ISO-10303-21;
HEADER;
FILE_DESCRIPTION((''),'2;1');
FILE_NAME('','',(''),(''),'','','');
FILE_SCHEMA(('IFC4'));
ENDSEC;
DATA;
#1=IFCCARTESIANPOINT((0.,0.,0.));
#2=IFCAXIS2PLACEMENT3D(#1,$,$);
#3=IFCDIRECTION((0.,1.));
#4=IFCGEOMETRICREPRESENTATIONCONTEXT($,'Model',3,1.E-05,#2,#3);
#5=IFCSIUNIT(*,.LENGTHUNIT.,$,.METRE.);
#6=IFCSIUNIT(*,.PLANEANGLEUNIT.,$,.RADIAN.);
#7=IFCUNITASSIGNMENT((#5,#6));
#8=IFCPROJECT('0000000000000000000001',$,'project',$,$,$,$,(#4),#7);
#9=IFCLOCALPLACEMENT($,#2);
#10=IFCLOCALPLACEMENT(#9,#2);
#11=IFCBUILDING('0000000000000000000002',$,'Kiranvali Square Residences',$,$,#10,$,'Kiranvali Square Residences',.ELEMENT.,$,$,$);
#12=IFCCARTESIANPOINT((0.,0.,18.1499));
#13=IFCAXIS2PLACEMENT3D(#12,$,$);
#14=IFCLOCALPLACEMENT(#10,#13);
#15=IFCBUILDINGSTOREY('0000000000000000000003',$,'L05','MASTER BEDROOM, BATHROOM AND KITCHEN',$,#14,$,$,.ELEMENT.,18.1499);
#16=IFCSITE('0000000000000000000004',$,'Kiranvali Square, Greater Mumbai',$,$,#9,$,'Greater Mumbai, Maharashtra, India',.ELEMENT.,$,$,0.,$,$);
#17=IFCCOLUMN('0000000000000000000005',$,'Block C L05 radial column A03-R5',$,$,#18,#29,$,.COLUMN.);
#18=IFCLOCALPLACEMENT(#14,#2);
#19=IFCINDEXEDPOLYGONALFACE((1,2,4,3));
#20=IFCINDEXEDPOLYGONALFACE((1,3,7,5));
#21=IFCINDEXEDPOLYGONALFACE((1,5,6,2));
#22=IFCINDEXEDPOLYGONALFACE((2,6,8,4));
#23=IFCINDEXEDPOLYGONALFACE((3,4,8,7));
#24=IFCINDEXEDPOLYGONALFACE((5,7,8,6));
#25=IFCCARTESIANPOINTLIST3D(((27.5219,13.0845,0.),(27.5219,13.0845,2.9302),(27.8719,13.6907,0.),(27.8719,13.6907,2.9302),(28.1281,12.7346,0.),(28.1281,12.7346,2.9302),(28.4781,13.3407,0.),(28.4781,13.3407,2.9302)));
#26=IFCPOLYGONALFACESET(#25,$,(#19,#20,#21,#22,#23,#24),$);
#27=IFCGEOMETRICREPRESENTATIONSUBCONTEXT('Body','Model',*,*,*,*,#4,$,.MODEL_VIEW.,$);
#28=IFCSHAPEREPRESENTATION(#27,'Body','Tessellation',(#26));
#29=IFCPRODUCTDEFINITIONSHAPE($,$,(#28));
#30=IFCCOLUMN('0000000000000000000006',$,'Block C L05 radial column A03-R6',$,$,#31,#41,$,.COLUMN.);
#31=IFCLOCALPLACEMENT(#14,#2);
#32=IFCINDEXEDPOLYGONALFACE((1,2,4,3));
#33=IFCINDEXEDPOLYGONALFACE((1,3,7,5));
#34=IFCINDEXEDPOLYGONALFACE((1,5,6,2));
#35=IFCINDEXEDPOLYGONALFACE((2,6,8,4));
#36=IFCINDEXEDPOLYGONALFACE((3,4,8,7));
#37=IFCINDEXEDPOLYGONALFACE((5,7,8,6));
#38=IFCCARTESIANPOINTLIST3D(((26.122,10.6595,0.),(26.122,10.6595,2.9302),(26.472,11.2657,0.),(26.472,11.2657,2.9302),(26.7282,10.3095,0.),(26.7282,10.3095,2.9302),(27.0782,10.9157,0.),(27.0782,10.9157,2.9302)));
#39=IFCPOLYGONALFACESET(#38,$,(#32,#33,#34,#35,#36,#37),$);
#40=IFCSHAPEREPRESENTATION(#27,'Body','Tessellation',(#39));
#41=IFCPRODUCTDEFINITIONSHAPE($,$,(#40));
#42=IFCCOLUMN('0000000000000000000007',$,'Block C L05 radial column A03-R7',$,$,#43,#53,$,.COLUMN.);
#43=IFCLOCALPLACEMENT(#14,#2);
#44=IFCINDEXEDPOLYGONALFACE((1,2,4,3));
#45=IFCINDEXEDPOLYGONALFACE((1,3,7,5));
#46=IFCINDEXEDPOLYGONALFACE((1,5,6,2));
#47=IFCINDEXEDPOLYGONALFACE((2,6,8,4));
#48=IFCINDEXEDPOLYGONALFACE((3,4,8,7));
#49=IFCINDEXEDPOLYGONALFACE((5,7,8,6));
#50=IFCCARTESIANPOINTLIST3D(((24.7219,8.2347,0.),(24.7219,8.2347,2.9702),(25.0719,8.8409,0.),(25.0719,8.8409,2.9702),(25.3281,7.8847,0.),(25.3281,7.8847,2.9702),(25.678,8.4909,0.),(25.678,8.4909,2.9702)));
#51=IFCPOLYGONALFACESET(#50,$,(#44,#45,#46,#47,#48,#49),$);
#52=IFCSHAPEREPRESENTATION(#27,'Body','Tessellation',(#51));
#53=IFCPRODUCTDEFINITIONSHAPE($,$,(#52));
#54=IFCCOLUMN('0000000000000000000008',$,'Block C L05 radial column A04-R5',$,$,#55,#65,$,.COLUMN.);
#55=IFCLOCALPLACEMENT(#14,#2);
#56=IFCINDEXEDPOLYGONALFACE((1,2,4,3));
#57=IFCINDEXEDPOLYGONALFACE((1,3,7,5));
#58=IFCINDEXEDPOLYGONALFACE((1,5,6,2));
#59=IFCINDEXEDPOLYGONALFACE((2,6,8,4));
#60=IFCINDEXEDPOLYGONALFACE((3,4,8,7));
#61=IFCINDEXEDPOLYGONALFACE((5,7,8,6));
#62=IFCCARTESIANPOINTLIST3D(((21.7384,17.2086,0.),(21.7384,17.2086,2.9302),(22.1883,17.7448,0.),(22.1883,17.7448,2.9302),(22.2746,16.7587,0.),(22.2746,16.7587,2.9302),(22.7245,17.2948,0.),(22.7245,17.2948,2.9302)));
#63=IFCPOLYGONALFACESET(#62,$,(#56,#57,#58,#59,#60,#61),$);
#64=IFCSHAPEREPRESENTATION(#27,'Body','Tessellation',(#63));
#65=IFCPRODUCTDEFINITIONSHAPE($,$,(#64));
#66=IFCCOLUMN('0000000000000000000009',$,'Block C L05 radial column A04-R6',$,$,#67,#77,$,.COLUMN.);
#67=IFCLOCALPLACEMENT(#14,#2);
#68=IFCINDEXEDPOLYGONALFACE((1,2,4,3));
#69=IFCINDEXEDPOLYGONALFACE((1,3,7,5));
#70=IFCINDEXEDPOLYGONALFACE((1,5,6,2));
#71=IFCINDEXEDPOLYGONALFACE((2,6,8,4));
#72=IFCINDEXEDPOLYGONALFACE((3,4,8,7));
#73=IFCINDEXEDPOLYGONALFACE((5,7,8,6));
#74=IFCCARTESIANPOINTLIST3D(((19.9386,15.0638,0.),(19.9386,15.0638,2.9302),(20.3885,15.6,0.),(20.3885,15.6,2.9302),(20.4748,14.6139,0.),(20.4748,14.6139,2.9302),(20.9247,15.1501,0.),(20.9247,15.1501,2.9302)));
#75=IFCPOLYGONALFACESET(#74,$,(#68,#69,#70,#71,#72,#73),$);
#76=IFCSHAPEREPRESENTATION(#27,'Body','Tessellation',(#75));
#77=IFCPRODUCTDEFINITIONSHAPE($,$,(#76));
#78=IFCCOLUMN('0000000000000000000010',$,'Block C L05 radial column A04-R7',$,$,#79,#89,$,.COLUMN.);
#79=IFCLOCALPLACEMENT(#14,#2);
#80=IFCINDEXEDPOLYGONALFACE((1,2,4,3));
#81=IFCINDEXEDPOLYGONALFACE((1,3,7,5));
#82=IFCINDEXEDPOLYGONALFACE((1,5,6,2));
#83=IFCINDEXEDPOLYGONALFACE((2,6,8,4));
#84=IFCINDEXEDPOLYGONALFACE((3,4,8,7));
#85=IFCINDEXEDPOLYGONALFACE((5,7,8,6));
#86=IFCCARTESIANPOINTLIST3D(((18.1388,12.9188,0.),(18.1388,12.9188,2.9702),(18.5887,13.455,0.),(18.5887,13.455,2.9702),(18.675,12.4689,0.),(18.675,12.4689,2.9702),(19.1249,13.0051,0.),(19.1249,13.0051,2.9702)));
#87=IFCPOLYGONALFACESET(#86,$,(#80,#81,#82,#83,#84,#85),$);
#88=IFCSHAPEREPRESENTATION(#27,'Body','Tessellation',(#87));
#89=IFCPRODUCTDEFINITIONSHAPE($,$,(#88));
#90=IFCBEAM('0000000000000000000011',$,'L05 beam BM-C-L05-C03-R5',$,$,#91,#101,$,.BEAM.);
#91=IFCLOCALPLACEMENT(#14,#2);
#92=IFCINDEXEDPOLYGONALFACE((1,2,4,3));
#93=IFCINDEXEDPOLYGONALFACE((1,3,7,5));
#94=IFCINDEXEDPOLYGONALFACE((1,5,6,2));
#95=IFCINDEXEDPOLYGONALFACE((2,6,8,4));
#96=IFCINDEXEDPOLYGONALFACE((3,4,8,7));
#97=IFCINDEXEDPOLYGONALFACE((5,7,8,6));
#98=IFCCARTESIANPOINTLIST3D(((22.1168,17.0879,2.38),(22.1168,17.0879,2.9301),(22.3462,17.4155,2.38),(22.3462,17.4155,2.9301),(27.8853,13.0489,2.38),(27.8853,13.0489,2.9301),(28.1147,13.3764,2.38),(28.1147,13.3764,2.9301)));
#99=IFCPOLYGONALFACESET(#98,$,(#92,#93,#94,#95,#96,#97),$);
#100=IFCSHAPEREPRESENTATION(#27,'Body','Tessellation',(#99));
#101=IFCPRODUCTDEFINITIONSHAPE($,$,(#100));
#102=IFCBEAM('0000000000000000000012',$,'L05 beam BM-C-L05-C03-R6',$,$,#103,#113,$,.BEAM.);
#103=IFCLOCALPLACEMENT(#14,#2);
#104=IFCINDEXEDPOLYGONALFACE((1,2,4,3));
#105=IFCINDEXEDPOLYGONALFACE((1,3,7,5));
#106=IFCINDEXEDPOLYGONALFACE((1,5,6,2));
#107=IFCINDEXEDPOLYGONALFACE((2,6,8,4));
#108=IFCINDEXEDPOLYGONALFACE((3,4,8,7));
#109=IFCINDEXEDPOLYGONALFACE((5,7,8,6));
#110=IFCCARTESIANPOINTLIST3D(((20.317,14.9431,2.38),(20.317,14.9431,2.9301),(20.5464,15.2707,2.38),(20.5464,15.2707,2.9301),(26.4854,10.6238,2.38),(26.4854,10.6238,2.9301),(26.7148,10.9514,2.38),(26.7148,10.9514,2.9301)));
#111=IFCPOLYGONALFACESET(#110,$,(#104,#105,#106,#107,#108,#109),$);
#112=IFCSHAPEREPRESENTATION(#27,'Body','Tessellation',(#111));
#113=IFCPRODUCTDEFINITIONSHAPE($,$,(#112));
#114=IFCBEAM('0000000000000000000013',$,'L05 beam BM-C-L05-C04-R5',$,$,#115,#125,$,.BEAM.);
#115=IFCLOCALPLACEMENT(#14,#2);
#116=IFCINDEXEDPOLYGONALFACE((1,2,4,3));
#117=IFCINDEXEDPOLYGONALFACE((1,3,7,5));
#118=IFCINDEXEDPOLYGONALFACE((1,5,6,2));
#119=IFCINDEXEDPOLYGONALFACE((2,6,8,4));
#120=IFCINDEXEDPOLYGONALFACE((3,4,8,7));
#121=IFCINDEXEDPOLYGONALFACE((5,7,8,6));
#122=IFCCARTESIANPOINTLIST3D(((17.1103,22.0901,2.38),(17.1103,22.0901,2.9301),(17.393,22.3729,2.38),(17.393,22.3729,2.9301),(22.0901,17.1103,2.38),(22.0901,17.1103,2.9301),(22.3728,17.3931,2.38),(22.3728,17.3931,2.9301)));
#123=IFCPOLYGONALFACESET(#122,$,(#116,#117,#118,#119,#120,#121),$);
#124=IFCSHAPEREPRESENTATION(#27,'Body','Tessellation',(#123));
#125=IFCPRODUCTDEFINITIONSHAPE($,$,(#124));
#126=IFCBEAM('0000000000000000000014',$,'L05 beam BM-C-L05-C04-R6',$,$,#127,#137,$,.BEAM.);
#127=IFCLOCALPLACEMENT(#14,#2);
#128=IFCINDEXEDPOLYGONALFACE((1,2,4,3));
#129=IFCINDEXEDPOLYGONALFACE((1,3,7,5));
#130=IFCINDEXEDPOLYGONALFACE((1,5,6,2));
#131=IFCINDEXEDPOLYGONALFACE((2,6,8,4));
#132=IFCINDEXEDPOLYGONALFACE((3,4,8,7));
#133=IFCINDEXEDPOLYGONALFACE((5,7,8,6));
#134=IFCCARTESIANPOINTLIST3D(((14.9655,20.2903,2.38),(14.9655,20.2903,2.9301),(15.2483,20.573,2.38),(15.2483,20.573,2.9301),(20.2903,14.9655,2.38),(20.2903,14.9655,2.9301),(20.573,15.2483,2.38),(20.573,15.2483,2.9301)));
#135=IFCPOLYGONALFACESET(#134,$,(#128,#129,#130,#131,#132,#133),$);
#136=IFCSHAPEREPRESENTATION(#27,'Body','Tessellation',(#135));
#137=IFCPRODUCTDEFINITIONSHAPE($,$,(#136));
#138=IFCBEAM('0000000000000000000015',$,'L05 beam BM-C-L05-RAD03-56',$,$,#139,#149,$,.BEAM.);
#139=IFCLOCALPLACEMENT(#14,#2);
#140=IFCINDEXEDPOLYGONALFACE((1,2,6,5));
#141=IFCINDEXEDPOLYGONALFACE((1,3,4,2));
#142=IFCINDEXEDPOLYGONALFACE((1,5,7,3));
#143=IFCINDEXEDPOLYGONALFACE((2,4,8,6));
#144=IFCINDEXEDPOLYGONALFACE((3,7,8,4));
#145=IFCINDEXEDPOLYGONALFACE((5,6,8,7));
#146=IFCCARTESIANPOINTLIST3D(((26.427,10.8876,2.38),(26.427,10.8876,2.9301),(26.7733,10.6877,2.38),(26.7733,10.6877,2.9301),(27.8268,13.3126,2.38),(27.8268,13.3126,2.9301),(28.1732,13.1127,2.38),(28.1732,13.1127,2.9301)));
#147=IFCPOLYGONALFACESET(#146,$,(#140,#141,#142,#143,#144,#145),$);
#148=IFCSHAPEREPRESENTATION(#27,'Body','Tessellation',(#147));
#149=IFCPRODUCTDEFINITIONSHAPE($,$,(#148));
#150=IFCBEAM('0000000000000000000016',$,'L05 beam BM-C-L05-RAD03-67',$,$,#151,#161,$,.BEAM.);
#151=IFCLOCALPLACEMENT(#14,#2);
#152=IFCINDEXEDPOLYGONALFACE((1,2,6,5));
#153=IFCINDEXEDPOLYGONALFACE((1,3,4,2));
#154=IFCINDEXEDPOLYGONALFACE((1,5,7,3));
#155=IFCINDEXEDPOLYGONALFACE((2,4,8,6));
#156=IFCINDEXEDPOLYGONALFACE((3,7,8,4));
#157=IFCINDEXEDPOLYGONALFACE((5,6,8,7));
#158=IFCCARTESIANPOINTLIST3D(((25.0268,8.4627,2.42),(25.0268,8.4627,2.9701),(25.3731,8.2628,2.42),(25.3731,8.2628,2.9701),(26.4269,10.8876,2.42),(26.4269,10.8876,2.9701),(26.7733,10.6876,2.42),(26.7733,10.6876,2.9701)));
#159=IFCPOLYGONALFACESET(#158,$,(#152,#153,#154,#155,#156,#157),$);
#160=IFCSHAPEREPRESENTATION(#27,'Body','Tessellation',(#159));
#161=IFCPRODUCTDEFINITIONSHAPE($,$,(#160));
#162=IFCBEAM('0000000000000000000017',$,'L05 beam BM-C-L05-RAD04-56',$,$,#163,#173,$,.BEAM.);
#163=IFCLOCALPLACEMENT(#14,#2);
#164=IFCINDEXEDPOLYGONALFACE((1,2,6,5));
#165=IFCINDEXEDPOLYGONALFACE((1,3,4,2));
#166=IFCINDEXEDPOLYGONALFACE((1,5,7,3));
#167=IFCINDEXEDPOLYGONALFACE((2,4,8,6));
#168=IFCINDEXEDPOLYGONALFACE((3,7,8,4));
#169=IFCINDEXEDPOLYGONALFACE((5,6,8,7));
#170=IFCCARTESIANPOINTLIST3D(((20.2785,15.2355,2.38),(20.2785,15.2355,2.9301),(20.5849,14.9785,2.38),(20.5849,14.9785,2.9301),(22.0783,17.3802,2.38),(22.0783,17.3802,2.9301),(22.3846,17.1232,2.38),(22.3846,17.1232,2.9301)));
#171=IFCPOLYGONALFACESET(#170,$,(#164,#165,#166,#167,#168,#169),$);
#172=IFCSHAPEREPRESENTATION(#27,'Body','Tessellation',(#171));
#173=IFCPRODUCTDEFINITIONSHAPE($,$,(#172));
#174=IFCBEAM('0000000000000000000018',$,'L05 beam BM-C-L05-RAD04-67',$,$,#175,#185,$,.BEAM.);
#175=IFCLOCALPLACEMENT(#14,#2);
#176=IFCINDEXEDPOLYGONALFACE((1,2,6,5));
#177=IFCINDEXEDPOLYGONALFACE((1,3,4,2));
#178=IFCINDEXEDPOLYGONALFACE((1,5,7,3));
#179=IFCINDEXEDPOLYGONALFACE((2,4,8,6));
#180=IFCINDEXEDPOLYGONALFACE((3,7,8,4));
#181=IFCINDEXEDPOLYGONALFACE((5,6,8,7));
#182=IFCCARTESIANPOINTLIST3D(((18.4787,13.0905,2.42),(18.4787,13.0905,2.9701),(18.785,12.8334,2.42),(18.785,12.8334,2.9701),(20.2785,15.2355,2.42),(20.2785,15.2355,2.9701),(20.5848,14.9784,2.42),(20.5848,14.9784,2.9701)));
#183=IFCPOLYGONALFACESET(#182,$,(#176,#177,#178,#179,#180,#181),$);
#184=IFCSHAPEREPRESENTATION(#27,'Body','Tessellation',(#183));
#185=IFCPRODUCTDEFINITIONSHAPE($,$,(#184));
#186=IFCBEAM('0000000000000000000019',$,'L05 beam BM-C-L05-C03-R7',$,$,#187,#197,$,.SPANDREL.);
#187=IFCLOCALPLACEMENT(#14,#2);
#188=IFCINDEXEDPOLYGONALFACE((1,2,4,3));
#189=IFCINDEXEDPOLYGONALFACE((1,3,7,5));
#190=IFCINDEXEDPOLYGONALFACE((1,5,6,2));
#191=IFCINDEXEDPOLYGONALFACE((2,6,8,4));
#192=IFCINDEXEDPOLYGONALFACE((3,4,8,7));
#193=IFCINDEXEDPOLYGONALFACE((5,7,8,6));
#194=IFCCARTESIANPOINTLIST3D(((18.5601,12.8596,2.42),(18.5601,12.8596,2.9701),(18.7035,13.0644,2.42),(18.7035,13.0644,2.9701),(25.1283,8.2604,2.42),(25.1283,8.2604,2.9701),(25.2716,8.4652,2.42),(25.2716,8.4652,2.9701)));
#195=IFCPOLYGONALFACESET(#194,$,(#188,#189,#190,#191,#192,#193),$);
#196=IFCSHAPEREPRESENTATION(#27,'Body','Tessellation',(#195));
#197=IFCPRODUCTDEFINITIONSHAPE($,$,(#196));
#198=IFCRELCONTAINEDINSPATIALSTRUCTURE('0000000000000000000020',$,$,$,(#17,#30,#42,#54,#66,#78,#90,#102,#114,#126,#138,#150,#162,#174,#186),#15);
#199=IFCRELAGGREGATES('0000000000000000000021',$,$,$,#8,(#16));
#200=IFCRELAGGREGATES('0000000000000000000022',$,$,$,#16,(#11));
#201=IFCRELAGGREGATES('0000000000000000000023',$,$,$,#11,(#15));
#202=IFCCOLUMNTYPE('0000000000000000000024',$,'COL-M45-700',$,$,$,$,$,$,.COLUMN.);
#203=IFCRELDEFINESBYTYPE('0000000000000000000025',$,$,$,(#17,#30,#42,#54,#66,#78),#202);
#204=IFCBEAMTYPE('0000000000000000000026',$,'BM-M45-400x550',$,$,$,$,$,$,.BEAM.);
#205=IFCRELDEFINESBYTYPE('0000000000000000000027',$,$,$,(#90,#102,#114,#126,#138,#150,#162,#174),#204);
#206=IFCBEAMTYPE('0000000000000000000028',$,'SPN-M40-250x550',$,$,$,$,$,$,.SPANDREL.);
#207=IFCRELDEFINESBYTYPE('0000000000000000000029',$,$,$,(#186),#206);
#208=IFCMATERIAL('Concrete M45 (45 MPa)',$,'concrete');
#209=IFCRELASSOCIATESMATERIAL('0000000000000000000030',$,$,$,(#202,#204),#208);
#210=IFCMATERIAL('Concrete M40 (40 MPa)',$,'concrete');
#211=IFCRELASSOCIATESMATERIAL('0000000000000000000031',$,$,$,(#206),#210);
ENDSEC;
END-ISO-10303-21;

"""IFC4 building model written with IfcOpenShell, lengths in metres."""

from ifc_helpers import new_model, si_unit, direction, frame, origin, origin_2d, place, context, subcontext, project, spatial, rectangle, extrude, material, material_profile, profile_set, type_object, element, save


model = new_model("IFC4")

# Units and contexts
model_context = context("Model", 3, precision=1e-05, world=origin(), true_north=direction((0.0, 1.0)))
body_context = subcontext(model_context, "Body", "Model", "MODEL_VIEW")
ifc_project = project(units=[si_unit("LENGTHUNIT", "METRE"), si_unit("PLANEANGLEUNIT", "RADIAN")], contexts=[model_context])

# Site, building, storey
site_placement = place(None, origin())
site = spatial("IfcSite", under=ifc_project, at=site_placement, Name="Kiranvali Square, Greater Mumbai", LongName="Greater Mumbai, Maharashtra, India", CompositionType="ELEMENT", RefElevation=0.0)
building_placement = place(site_placement, origin())
building = spatial("IfcBuilding", under=site, at=building_placement, Name="Kiranvali Square Residences", LongName="Kiranvali Square Residences", CompositionType="ELEMENT")
storey_placement = place(building_placement, frame((0.0, 0.0, 18.1499)))
storey = spatial("IfcBuildingStorey", under=building, at=storey_placement, Name="L05", Description="MASTER BEDROOM, BATHROOM AND KITCHEN", CompositionType="ELEMENT", Elevation=18.1499)

# Columns
ifc_material_1 = material(Name="Concrete M45 (45 MPa)", Category="concrete")
ifc_material_profile_1 = material_profile(ifc_material_1, rectangle(XDim=0.7, YDim=0.7, at=origin_2d()), Name="RC 700x700")
ifc_profile_set_1 = profile_set([ifc_material_profile_1], Name="Concrete M45 (45 MPa)")
column_type = type_object("IfcColumnType", Name="COL-M45-700", PredefinedType="COLUMN", material=ifc_profile_set_1)
for number, where, z_axis, x_axis, name in (
    (1, (28.0, 13.2126, 0.0), (0.0, 0.0, 1.0), (-0.866025, 0.5, 0.0), "Block C L05 radial column A03-R5"),
    (2, (26.6001, 10.7876, 0.0), (0.0, 0.0, 1.0), (-0.866025, 0.5, 0.0), "Block C L05 radial column A03-R6"),
):
    element("IfcColumn", number, at=place(storey_placement, frame(where, z_axis=z_axis, x_axis=x_axis)), inside=storey, type_object=column_type, Name=name, PredefinedType="COLUMN", context=body_context, shape_type="SweptSolid", body=[
        extrude(rectangle(XDim=0.7, YDim=0.7, at=origin_2d()), origin(), (0.0, 0.0, 1.0), 2.9302),
    ])
column_1_placement = place(storey_placement, frame((25.2, 8.3628, 0.0), z_axis=(0.0, 0.0, 1.0), x_axis=(-0.866025, 0.5, 0.0)))
element("IfcColumn", 3, at=column_1_placement, inside=storey, type_object=column_type, Name="Block C L05 radial column A03-R7", PredefinedType="COLUMN", context=body_context, shape_type="SweptSolid", body=[
    extrude(rectangle(XDim=0.7, YDim=0.7, at=origin_2d()), origin(), (0.0, 0.0, 1.0), 2.9702),
])
for number, where, z_axis, x_axis, name in (
    (4, (22.2314, 17.2517, 0.0), (0.0, 0.0, 1.0), (-0.766044, 0.642788, 0.0), "Block C L05 radial column A04-R5"),
    (5, (20.4316, 15.1069, 0.0), (0.0, 0.0, 1.0), (-0.766044, 0.642788, 0.0), "Block C L05 radial column A04-R6"),
):
    element("IfcColumn", number, at=place(storey_placement, frame(where, z_axis=z_axis, x_axis=x_axis)), inside=storey, type_object=column_type, Name=name, PredefinedType="COLUMN", context=body_context, shape_type="SweptSolid", body=[
        extrude(rectangle(XDim=0.7, YDim=0.7, at=origin_2d()), origin(), (0.0, 0.0, 1.0), 2.9302),
    ])
column_2_placement = place(storey_placement, frame((18.6318, 12.9619, 0.0), z_axis=(0.0, 0.0, 1.0), x_axis=(-0.766044, 0.642788, 0.0)))
element("IfcColumn", 6, at=column_2_placement, inside=storey, type_object=column_type, Name="Block C L05 radial column A04-R7", PredefinedType="COLUMN", context=body_context, shape_type="SweptSolid", body=[
    extrude(rectangle(XDim=0.7, YDim=0.7, at=origin_2d()), origin(), (0.0, 0.0, 1.0), 2.9702),
])

# Beams
ifc_material_profile_2 = material_profile(ifc_material_1, rectangle(XDim=0.3999, YDim=0.55, at=origin_2d()), Name="RC 400x550")
ifc_profile_set_2 = profile_set([ifc_material_profile_2], Name="Concrete M45 (45 MPa)")
beam_type_1 = type_object("IfcBeamType", Name="BM-M45-400x550", PredefinedType="BEAM", material=ifc_profile_set_2)
beam_1_placement = place(storey_placement, frame((28.0, 13.2126, 2.655), z_axis=(-0.81916, 0.573565, 0.0), x_axis=(-0.573565, -0.81916, 0.0)))
element("IfcBeam", 7, at=beam_1_placement, inside=storey, type_object=beam_type_1, Name="L05 beam BM-C-L05-C03-R5", PredefinedType="BEAM", context=body_context, shape_type="SweptSolid", body=[
    extrude(rectangle(XDim=0.3999, YDim=0.55, at=origin_2d()), origin(), (0.0, 0.0, 1.0), 7.042),
])
beam_2_placement = place(storey_placement, frame((26.6001, 10.7876, 2.655), z_axis=(-0.819144, 0.573589, 0.0), x_axis=(-0.573589, -0.819144, 0.0)))
element("IfcBeam", 8, at=beam_2_placement, inside=storey, type_object=beam_type_1, Name="L05 beam BM-C-L05-C03-R6", PredefinedType="BEAM", context=body_context, shape_type="SweptSolid", body=[
    extrude(rectangle(XDim=0.3999, YDim=0.55, at=origin_2d()), origin(), (0.0, 0.0, 1.0), 7.5303),
])
beam_3_placement = place(storey_placement, frame((22.2314, 17.2517, 2.655), z_axis=(-0.707107, 0.707107, 0.0), x_axis=(-0.707107, -0.707107, 0.0)))
element("IfcBeam", 9, at=beam_3_placement, inside=storey, type_object=beam_type_1, Name="L05 beam BM-C-L05-C04-R5", PredefinedType="BEAM", context=body_context, shape_type="SweptSolid", body=[
    extrude(rectangle(XDim=0.3999, YDim=0.55, at=origin_2d()), origin(), (0.0, 0.0, 1.0), 7.0425),
])
beam_4_placement = place(storey_placement, frame((20.4316, 15.1069, 2.655), z_axis=(-0.707107, 0.707107, 0.0), x_axis=(-0.707107, -0.707107, 0.0)))
element("IfcBeam", 10, at=beam_4_placement, inside=storey, type_object=beam_type_1, Name="L05 beam BM-C-L05-C04-R6", PredefinedType="BEAM", context=body_context, shape_type="SweptSolid", body=[
    extrude(rectangle(XDim=0.3999, YDim=0.55, at=origin_2d()), origin(), (0.0, 0.0, 1.0), 7.5303),
])
for number, where, z_axis, x_axis, name in (
    (11, (28.0, 13.2126, 2.655), (-0.499946, -0.866056, 0.0), (0.866056, -0.499946, 0.0), "L05 beam BM-C-L05-RAD03-56"),
    (12, (26.6001, 10.7876, 2.6951), (-0.50005, -0.865997, 0.0), (0.865997, -0.50005, 0.0), "L05 beam BM-C-L05-RAD03-67"),
):
    element("IfcBeam", number, at=place(storey_placement, frame(where, z_axis=z_axis, x_axis=x_axis)), inside=storey, type_object=beam_type_1, Name=name, PredefinedType="BEAM", context=body_context, shape_type="SweptSolid", body=[
        extrude(rectangle(XDim=0.3999, YDim=0.55, at=origin_2d()), origin(), (0.0, 0.0, 1.0), 2.8),
    ])
beam_5_placement = place(storey_placement, frame((22.2314, 17.2517, 2.655), z_axis=(-0.642814, -0.766023, 0.0), x_axis=(0.766023, -0.642814, 0.0)))
element("IfcBeam", 13, at=beam_5_placement, inside=storey, type_object=beam_type_1, Name="L05 beam BM-C-L05-RAD04-56", PredefinedType="BEAM", context=body_context, shape_type="SweptSolid", body=[
    extrude(rectangle(XDim=0.3999, YDim=0.55, at=origin_2d()), origin(), (0.0, 0.0, 1.0), 2.7998),
])
beam_6_placement = place(storey_placement, frame((20.4316, 15.1069, 2.6951), z_axis=(-0.642771, -0.766059, 0.0), x_axis=(0.766059, -0.642771, 0.0)))
element("IfcBeam", 14, at=beam_6_placement, inside=storey, type_object=beam_type_1, Name="L05 beam BM-C-L05-RAD04-67", PredefinedType="BEAM", context=body_context, shape_type="SweptSolid", body=[
    extrude(rectangle(XDim=0.3999, YDim=0.55, at=origin_2d()), origin(), (0.0, 0.0, 1.0), 2.8),
])
ifc_material_2 = material(Name="Concrete M40 (40 MPa)", Category="concrete")
ifc_material_profile_3 = material_profile(ifc_material_2, rectangle(XDim=0.25, YDim=0.55, at=origin_2d()), Name="RC 250x550")
ifc_profile_set_3 = profile_set([ifc_material_profile_3], Name="Concrete M40 (40 MPa)")
beam_type_2 = type_object("IfcBeamType", Name="SPN-M40-250x550", PredefinedType="SPANDREL", material=ifc_profile_set_3)
beam_7_placement = place(storey_placement, frame((25.2, 8.3628, 2.6951), z_axis=(-0.819148, 0.573583, 0.0), x_axis=(-0.573583, -0.819148, 0.0)))
element("IfcBeam", 15, at=beam_7_placement, inside=storey, type_object=beam_type_2, Name="L05 beam BM-C-L05-C03-R7", PredefinedType="SPANDREL", context=body_context, shape_type="SweptSolid", body=[
    extrude(rectangle(XDim=0.25, YDim=0.55, at=origin_2d()), origin(), (0.0, 0.0, 1.0), 8.0183),
])

save(model, "model.ifc")
